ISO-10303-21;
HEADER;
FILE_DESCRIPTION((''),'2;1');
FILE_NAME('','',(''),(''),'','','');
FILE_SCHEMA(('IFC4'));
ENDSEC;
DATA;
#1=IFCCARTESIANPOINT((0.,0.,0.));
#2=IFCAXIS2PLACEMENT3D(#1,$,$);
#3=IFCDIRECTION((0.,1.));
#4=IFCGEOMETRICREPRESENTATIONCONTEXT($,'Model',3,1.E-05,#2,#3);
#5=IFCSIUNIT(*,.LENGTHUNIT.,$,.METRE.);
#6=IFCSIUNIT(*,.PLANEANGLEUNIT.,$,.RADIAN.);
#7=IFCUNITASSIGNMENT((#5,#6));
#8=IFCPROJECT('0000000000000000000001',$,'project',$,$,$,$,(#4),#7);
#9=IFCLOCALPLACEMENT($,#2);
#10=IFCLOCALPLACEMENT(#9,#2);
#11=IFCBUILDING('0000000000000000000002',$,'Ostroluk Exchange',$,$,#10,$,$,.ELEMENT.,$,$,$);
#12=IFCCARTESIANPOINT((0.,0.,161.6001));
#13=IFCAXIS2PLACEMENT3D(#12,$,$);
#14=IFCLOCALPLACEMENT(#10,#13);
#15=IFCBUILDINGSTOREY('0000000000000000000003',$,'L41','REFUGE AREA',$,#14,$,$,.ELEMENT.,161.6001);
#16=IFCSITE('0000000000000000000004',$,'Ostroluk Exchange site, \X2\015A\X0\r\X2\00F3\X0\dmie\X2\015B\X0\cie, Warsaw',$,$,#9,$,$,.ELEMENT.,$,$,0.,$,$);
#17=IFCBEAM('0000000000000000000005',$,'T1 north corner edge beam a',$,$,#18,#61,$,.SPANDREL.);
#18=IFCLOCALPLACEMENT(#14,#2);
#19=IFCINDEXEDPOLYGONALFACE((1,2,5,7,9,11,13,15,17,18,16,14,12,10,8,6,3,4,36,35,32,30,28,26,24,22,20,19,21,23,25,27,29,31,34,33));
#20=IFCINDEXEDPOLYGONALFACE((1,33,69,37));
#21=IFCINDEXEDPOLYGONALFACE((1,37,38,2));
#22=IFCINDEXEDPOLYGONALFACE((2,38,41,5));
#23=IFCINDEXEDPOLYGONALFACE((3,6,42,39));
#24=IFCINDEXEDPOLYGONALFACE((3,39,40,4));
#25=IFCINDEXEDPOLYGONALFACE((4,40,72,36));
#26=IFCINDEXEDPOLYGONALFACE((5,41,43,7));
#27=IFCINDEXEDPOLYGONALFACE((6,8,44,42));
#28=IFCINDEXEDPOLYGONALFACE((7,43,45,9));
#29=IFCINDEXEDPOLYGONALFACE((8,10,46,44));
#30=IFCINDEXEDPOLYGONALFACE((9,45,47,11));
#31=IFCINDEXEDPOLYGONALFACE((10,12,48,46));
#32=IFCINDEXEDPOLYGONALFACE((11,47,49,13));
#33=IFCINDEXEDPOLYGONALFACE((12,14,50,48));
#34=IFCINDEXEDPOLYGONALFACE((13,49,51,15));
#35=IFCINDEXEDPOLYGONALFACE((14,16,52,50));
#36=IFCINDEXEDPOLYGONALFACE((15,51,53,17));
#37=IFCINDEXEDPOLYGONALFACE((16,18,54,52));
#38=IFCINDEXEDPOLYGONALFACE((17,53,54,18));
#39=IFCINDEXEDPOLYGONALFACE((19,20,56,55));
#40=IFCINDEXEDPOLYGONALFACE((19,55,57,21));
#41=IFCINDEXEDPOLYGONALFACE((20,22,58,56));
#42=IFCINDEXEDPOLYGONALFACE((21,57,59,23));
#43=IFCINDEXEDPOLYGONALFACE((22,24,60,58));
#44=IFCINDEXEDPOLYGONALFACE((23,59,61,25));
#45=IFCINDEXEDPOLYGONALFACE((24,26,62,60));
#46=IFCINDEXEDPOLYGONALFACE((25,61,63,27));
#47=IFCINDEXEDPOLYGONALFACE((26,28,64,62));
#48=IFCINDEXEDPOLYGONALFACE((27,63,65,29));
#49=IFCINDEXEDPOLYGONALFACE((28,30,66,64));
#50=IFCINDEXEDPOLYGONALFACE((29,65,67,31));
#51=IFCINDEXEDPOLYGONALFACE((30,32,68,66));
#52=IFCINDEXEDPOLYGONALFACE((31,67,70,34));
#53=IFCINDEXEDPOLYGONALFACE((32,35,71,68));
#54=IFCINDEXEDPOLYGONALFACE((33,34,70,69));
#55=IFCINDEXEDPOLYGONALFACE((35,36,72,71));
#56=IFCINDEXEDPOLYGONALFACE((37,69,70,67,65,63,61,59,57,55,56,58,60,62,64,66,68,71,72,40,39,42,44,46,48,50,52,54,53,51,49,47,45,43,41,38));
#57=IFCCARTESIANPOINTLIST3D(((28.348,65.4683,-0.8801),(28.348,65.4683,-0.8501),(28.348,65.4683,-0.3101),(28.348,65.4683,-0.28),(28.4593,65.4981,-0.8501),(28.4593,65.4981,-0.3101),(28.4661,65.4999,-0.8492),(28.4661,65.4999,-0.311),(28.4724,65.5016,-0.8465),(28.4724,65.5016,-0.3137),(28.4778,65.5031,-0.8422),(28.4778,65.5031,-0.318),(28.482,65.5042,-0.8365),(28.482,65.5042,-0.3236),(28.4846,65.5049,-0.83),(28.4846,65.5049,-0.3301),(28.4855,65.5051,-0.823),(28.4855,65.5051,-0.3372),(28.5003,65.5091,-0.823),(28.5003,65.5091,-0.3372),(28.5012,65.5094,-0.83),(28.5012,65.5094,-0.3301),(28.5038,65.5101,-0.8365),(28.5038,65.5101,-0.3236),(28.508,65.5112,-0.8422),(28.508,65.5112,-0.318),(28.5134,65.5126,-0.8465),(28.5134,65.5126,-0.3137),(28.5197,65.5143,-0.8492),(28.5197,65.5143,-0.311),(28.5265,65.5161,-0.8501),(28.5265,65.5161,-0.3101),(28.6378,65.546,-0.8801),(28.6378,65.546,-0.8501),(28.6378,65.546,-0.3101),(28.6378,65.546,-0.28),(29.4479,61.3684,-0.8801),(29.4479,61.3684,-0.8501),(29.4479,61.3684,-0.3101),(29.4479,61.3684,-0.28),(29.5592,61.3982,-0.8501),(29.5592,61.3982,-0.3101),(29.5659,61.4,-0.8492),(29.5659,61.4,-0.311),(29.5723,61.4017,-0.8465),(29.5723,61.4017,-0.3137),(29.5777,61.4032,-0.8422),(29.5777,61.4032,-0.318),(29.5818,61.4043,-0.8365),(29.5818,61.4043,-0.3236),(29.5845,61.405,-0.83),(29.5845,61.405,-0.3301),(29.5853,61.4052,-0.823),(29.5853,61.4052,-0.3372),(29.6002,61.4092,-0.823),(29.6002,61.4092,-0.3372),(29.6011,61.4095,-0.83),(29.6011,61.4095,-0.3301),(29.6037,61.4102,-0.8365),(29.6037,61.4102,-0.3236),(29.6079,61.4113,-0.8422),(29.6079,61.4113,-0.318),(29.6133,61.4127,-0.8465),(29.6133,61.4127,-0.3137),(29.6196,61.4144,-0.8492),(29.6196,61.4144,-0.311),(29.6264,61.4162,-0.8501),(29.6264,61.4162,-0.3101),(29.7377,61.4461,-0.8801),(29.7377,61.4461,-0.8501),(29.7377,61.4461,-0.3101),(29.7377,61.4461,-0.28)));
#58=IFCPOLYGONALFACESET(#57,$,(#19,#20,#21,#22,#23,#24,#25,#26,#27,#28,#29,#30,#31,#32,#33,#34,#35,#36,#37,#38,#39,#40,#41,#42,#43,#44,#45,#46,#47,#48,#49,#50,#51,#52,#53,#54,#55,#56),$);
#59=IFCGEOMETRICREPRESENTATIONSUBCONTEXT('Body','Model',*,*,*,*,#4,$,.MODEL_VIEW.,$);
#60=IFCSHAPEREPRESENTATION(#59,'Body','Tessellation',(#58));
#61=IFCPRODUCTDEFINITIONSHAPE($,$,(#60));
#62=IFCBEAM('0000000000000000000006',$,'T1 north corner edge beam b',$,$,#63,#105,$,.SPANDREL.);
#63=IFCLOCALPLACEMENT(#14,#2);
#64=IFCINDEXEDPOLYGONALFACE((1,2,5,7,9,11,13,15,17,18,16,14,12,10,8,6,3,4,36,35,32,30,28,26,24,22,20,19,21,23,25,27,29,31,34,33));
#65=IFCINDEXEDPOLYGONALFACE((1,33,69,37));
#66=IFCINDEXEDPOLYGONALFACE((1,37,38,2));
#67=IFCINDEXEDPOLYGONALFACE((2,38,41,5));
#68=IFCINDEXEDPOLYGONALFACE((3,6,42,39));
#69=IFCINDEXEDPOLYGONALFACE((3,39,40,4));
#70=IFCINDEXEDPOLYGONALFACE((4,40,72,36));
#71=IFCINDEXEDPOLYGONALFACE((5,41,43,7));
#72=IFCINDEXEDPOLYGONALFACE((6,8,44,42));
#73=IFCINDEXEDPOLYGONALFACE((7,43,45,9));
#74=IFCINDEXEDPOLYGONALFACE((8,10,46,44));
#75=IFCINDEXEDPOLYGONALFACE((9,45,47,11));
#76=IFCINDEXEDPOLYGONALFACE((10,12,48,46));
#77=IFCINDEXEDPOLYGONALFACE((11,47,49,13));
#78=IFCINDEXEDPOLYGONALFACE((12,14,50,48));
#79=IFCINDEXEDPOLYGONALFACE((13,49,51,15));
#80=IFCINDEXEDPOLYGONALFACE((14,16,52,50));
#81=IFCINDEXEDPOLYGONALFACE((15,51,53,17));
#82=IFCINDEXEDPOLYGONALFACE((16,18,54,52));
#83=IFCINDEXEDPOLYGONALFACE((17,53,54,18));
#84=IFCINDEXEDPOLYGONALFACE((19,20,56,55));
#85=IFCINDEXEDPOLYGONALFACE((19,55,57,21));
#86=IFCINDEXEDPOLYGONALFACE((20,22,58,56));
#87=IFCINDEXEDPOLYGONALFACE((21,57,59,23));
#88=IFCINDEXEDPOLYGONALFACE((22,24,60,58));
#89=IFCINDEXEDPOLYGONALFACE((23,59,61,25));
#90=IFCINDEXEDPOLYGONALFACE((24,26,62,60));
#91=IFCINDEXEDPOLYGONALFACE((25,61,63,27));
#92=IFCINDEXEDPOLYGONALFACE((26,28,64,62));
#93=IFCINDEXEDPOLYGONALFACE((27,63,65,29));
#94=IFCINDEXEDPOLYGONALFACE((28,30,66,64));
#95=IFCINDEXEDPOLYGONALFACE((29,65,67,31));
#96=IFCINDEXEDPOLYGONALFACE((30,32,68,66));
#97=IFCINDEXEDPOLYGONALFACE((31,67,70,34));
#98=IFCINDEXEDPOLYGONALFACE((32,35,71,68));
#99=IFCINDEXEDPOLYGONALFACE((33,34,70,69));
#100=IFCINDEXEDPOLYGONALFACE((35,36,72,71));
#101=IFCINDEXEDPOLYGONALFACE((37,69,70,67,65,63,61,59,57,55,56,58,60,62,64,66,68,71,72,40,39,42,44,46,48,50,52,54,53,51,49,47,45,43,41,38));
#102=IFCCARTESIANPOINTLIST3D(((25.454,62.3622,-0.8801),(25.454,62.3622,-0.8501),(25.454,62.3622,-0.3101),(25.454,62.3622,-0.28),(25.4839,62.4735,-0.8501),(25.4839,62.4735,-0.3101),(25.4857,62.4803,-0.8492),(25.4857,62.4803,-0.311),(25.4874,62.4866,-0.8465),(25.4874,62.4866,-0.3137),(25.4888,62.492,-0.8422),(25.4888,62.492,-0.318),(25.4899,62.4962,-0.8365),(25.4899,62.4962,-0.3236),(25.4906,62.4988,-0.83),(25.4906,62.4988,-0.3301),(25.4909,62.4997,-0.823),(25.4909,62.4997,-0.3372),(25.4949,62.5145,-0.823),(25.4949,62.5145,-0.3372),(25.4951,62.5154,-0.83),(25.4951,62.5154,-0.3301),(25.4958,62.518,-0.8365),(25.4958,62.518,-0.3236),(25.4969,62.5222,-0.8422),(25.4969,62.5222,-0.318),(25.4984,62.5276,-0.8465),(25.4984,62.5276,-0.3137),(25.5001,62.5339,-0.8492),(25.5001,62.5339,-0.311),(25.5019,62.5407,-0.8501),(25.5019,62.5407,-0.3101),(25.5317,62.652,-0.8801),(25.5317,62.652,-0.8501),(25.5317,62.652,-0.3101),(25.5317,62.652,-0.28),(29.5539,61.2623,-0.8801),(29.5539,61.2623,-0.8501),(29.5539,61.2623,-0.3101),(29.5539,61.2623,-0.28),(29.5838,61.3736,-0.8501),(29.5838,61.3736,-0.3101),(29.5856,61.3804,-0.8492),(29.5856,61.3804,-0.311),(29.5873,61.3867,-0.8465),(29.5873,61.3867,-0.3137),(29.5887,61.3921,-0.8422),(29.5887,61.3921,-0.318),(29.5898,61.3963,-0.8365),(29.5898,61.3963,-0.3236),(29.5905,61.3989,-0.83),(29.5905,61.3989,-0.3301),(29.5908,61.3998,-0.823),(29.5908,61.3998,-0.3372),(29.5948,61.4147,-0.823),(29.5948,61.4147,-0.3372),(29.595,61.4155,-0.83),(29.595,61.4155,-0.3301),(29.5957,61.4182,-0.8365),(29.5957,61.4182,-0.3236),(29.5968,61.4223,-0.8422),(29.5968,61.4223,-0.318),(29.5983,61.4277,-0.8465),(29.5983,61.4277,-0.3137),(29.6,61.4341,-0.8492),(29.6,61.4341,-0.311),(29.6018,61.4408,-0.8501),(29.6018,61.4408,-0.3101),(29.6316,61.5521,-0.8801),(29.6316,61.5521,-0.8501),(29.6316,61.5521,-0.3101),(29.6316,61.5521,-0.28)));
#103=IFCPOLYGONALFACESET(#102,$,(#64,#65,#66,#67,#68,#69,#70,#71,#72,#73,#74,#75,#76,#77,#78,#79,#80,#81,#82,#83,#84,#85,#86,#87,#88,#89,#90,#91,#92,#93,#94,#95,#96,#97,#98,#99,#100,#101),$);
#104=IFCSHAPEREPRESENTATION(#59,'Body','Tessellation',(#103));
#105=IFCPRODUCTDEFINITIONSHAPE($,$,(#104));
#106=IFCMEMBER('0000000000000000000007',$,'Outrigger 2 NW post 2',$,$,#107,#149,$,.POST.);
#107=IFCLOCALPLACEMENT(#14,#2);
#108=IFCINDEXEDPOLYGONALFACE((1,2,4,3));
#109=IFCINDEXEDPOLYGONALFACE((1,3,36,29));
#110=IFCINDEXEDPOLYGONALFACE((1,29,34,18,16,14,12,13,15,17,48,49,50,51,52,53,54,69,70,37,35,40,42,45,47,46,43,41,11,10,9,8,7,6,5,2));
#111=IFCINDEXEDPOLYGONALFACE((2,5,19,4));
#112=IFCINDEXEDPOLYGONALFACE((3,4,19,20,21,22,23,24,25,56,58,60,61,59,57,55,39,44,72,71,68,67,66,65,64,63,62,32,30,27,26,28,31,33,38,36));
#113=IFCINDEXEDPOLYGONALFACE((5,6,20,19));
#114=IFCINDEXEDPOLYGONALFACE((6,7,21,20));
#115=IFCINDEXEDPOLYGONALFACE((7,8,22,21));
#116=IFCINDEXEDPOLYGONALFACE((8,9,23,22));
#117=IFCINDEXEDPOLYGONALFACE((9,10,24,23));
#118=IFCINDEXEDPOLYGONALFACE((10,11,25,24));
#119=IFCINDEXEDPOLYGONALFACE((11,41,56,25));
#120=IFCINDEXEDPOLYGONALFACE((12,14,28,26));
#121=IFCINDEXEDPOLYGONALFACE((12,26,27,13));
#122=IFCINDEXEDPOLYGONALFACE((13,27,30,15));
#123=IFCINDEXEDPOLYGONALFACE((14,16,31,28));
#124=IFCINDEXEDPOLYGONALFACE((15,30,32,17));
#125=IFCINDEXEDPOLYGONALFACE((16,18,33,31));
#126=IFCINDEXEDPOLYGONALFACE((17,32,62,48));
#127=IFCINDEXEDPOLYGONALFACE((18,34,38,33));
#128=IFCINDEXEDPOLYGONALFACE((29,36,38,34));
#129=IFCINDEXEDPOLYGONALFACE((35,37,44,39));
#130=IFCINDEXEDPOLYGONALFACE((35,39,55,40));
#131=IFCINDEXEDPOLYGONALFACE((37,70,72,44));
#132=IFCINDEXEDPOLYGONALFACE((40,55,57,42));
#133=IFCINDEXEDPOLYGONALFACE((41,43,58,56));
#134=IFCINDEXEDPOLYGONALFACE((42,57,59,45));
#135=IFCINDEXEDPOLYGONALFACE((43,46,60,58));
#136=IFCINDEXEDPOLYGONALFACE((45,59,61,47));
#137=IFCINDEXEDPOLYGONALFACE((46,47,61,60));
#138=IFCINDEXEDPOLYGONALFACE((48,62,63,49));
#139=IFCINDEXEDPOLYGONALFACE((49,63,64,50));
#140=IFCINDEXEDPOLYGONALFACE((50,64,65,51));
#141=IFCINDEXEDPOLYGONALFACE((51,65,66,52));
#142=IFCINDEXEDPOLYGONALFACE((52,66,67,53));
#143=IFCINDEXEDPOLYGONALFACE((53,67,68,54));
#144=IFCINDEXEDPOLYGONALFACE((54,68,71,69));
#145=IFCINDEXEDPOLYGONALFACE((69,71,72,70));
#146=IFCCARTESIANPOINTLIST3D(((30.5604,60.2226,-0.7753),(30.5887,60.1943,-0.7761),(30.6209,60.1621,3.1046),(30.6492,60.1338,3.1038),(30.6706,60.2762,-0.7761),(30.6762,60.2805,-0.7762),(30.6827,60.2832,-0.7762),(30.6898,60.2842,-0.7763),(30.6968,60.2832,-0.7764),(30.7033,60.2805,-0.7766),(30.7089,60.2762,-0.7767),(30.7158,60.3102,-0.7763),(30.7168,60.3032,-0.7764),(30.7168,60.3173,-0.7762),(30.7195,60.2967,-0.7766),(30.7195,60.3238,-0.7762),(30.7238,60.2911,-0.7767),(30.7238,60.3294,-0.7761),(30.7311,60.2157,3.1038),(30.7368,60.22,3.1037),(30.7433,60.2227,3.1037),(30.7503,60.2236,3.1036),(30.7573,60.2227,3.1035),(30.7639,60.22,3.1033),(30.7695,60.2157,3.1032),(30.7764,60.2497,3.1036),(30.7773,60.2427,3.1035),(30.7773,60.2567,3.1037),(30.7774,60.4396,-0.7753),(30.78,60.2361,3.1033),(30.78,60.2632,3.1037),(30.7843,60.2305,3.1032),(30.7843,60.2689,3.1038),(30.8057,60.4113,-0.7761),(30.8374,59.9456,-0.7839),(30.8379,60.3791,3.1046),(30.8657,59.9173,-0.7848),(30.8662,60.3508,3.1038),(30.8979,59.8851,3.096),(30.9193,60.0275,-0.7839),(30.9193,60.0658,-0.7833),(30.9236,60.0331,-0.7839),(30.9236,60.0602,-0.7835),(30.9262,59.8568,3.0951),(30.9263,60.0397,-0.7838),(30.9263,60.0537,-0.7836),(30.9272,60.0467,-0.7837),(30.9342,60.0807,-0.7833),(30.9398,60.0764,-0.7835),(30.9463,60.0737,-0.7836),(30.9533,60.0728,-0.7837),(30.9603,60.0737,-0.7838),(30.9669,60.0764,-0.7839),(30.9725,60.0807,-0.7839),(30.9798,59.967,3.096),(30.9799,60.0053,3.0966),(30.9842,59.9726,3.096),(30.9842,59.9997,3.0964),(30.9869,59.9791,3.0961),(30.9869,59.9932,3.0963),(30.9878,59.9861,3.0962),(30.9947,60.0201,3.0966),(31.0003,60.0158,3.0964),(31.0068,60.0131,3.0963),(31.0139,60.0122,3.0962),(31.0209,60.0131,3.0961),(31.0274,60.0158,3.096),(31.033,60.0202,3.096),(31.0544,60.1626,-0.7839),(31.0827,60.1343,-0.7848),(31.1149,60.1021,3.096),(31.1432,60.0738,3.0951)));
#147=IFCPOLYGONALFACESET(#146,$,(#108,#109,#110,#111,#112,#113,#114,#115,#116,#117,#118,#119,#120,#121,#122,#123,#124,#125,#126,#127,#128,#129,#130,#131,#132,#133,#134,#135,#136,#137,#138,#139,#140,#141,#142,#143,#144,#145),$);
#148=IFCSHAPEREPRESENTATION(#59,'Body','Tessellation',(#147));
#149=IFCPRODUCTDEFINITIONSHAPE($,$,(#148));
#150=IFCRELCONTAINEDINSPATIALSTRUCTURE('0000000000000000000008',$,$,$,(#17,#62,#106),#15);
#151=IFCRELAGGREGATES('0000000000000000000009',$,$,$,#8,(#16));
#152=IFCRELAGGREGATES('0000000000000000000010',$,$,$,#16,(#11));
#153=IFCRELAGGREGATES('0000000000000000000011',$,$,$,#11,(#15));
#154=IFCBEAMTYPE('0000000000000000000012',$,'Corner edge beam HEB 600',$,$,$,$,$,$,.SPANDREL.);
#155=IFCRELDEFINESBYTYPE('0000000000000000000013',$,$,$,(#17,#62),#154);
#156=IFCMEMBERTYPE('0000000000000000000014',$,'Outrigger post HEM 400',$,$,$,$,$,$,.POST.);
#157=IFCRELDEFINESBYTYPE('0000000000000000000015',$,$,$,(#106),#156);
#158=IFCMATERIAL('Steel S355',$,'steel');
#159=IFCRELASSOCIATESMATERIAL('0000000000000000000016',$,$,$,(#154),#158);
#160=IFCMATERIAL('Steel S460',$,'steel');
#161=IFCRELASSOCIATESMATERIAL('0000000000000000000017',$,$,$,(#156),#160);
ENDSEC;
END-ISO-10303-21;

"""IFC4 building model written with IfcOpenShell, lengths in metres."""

from ifc_helpers import new_model, si_unit, direction, frame, origin, origin_2d, place, context, subcontext, project, spatial, i_section, extrude, material, material_profile, profile_set, type_object, element, save


model = new_model("IFC4")

# Units and contexts
model_context = context("Model", 3, precision=1e-05, world=origin(), true_north=direction((0.0, 1.0)))
body_context = subcontext(model_context, "Body", "Model", "MODEL_VIEW")
ifc_project = project(units=[si_unit("LENGTHUNIT", "METRE"), si_unit("PLANEANGLEUNIT", "RADIAN")], contexts=[model_context])

# Site, building, storey
site_placement = place(None, origin())
site = spatial("IfcSite", under=ifc_project, at=site_placement, Name="Ostroluk Exchange site, Śródmieście, Warsaw", CompositionType="ELEMENT", RefElevation=0.0)
building_placement = place(site_placement, origin())
building = spatial("IfcBuilding", under=site, at=building_placement, Name="Ostroluk Exchange", CompositionType="ELEMENT")
storey_placement = place(building_placement, frame((0.0, 0.0, 161.6001)))
storey = spatial("IfcBuildingStorey", under=building, at=storey_placement, Name="L41", Description="REFUGE AREA", CompositionType="ELEMENT", Elevation=161.6001)

# Beams
ifc_material_1 = material(Name="Steel S355", Category="steel")
ifc_material_profile_1 = material_profile(ifc_material_1, i_section(OverallWidth=0.3, OverallDepth=0.6001, WebThickness=0.0154, FlangeThickness=0.03, FilletRadius=0.0271, at=origin_2d()), Name="HEB 600")
ifc_profile_set_1 = profile_set([ifc_material_profile_1], Name="Steel S355")
beam_type = type_object("IfcBeamType", Name="Corner edge beam HEB 600", PredefinedType="SPANDREL", material=ifc_profile_set_1)
for number, where, z_axis, x_axis, name in (
    (1, (29.5928, 61.4072, -0.5801), (-0.259105, 0.965849, 0.0), (-0.965849, -0.259105, 0.0), "T1 north corner edge beam a"),
    (2, (29.5928, 61.4072, -0.5801), (-0.965849, 0.259105, 0.0), (-0.259105, -0.965849, 0.0), "T1 north corner edge beam b"),
):
    element("IfcBeam", number, at=place(storey_placement, frame(where, z_axis=z_axis, x_axis=x_axis)), inside=storey, type_object=beam_type, Name=name, PredefinedType="SPANDREL", context=body_context, shape_type="SweptSolid", body=[
        extrude(i_section(OverallWidth=0.3, OverallDepth=0.6001, WebThickness=0.0154, FlangeThickness=0.03, FilletRadius=0.0271, at=origin_2d()), origin(), (0.0, 0.0, 1.0), 4.2449),
    ])

# Member
ifc_material_2 = material(Name="Steel S460", Category="steel")
ifc_material_profile_2 = material_profile(ifc_material_2, i_section(OverallWidth=0.3069, OverallDepth=0.4319, WebThickness=0.021, FlangeThickness=0.04, FilletRadius=0.0271, at=origin_2d()), Name="HEM 400")
ifc_profile_set_2 = profile_set([ifc_material_profile_2], Name="Steel S460")
member_type_1 = type_object("IfcMemberType", Name="Outrigger post HEM 400", PredefinedType="POST", material=ifc_profile_set_2)
member_1_placement = place(storey_placement, frame((30.8215, 60.1785, -0.78), z_axis=(0.015602, -0.015602, 0.999757), x_axis=(0.707107, 0.707107, 0.0)))
element("IfcMember", 3, at=member_1_placement, inside=storey, type_object=member_type_1, Name="Outrigger 2 NW post 2", PredefinedType="POST", context=body_context, shape_type="SweptSolid", body=[
    extrude(i_section(OverallWidth=0.3069, OverallDepth=0.4319, WebThickness=0.021, FlangeThickness=0.04, FilletRadius=0.0271, at=origin_2d()), origin(), (0.0, 0.0, 1.0), 3.8809),
])

save(model, "model.ifc")
